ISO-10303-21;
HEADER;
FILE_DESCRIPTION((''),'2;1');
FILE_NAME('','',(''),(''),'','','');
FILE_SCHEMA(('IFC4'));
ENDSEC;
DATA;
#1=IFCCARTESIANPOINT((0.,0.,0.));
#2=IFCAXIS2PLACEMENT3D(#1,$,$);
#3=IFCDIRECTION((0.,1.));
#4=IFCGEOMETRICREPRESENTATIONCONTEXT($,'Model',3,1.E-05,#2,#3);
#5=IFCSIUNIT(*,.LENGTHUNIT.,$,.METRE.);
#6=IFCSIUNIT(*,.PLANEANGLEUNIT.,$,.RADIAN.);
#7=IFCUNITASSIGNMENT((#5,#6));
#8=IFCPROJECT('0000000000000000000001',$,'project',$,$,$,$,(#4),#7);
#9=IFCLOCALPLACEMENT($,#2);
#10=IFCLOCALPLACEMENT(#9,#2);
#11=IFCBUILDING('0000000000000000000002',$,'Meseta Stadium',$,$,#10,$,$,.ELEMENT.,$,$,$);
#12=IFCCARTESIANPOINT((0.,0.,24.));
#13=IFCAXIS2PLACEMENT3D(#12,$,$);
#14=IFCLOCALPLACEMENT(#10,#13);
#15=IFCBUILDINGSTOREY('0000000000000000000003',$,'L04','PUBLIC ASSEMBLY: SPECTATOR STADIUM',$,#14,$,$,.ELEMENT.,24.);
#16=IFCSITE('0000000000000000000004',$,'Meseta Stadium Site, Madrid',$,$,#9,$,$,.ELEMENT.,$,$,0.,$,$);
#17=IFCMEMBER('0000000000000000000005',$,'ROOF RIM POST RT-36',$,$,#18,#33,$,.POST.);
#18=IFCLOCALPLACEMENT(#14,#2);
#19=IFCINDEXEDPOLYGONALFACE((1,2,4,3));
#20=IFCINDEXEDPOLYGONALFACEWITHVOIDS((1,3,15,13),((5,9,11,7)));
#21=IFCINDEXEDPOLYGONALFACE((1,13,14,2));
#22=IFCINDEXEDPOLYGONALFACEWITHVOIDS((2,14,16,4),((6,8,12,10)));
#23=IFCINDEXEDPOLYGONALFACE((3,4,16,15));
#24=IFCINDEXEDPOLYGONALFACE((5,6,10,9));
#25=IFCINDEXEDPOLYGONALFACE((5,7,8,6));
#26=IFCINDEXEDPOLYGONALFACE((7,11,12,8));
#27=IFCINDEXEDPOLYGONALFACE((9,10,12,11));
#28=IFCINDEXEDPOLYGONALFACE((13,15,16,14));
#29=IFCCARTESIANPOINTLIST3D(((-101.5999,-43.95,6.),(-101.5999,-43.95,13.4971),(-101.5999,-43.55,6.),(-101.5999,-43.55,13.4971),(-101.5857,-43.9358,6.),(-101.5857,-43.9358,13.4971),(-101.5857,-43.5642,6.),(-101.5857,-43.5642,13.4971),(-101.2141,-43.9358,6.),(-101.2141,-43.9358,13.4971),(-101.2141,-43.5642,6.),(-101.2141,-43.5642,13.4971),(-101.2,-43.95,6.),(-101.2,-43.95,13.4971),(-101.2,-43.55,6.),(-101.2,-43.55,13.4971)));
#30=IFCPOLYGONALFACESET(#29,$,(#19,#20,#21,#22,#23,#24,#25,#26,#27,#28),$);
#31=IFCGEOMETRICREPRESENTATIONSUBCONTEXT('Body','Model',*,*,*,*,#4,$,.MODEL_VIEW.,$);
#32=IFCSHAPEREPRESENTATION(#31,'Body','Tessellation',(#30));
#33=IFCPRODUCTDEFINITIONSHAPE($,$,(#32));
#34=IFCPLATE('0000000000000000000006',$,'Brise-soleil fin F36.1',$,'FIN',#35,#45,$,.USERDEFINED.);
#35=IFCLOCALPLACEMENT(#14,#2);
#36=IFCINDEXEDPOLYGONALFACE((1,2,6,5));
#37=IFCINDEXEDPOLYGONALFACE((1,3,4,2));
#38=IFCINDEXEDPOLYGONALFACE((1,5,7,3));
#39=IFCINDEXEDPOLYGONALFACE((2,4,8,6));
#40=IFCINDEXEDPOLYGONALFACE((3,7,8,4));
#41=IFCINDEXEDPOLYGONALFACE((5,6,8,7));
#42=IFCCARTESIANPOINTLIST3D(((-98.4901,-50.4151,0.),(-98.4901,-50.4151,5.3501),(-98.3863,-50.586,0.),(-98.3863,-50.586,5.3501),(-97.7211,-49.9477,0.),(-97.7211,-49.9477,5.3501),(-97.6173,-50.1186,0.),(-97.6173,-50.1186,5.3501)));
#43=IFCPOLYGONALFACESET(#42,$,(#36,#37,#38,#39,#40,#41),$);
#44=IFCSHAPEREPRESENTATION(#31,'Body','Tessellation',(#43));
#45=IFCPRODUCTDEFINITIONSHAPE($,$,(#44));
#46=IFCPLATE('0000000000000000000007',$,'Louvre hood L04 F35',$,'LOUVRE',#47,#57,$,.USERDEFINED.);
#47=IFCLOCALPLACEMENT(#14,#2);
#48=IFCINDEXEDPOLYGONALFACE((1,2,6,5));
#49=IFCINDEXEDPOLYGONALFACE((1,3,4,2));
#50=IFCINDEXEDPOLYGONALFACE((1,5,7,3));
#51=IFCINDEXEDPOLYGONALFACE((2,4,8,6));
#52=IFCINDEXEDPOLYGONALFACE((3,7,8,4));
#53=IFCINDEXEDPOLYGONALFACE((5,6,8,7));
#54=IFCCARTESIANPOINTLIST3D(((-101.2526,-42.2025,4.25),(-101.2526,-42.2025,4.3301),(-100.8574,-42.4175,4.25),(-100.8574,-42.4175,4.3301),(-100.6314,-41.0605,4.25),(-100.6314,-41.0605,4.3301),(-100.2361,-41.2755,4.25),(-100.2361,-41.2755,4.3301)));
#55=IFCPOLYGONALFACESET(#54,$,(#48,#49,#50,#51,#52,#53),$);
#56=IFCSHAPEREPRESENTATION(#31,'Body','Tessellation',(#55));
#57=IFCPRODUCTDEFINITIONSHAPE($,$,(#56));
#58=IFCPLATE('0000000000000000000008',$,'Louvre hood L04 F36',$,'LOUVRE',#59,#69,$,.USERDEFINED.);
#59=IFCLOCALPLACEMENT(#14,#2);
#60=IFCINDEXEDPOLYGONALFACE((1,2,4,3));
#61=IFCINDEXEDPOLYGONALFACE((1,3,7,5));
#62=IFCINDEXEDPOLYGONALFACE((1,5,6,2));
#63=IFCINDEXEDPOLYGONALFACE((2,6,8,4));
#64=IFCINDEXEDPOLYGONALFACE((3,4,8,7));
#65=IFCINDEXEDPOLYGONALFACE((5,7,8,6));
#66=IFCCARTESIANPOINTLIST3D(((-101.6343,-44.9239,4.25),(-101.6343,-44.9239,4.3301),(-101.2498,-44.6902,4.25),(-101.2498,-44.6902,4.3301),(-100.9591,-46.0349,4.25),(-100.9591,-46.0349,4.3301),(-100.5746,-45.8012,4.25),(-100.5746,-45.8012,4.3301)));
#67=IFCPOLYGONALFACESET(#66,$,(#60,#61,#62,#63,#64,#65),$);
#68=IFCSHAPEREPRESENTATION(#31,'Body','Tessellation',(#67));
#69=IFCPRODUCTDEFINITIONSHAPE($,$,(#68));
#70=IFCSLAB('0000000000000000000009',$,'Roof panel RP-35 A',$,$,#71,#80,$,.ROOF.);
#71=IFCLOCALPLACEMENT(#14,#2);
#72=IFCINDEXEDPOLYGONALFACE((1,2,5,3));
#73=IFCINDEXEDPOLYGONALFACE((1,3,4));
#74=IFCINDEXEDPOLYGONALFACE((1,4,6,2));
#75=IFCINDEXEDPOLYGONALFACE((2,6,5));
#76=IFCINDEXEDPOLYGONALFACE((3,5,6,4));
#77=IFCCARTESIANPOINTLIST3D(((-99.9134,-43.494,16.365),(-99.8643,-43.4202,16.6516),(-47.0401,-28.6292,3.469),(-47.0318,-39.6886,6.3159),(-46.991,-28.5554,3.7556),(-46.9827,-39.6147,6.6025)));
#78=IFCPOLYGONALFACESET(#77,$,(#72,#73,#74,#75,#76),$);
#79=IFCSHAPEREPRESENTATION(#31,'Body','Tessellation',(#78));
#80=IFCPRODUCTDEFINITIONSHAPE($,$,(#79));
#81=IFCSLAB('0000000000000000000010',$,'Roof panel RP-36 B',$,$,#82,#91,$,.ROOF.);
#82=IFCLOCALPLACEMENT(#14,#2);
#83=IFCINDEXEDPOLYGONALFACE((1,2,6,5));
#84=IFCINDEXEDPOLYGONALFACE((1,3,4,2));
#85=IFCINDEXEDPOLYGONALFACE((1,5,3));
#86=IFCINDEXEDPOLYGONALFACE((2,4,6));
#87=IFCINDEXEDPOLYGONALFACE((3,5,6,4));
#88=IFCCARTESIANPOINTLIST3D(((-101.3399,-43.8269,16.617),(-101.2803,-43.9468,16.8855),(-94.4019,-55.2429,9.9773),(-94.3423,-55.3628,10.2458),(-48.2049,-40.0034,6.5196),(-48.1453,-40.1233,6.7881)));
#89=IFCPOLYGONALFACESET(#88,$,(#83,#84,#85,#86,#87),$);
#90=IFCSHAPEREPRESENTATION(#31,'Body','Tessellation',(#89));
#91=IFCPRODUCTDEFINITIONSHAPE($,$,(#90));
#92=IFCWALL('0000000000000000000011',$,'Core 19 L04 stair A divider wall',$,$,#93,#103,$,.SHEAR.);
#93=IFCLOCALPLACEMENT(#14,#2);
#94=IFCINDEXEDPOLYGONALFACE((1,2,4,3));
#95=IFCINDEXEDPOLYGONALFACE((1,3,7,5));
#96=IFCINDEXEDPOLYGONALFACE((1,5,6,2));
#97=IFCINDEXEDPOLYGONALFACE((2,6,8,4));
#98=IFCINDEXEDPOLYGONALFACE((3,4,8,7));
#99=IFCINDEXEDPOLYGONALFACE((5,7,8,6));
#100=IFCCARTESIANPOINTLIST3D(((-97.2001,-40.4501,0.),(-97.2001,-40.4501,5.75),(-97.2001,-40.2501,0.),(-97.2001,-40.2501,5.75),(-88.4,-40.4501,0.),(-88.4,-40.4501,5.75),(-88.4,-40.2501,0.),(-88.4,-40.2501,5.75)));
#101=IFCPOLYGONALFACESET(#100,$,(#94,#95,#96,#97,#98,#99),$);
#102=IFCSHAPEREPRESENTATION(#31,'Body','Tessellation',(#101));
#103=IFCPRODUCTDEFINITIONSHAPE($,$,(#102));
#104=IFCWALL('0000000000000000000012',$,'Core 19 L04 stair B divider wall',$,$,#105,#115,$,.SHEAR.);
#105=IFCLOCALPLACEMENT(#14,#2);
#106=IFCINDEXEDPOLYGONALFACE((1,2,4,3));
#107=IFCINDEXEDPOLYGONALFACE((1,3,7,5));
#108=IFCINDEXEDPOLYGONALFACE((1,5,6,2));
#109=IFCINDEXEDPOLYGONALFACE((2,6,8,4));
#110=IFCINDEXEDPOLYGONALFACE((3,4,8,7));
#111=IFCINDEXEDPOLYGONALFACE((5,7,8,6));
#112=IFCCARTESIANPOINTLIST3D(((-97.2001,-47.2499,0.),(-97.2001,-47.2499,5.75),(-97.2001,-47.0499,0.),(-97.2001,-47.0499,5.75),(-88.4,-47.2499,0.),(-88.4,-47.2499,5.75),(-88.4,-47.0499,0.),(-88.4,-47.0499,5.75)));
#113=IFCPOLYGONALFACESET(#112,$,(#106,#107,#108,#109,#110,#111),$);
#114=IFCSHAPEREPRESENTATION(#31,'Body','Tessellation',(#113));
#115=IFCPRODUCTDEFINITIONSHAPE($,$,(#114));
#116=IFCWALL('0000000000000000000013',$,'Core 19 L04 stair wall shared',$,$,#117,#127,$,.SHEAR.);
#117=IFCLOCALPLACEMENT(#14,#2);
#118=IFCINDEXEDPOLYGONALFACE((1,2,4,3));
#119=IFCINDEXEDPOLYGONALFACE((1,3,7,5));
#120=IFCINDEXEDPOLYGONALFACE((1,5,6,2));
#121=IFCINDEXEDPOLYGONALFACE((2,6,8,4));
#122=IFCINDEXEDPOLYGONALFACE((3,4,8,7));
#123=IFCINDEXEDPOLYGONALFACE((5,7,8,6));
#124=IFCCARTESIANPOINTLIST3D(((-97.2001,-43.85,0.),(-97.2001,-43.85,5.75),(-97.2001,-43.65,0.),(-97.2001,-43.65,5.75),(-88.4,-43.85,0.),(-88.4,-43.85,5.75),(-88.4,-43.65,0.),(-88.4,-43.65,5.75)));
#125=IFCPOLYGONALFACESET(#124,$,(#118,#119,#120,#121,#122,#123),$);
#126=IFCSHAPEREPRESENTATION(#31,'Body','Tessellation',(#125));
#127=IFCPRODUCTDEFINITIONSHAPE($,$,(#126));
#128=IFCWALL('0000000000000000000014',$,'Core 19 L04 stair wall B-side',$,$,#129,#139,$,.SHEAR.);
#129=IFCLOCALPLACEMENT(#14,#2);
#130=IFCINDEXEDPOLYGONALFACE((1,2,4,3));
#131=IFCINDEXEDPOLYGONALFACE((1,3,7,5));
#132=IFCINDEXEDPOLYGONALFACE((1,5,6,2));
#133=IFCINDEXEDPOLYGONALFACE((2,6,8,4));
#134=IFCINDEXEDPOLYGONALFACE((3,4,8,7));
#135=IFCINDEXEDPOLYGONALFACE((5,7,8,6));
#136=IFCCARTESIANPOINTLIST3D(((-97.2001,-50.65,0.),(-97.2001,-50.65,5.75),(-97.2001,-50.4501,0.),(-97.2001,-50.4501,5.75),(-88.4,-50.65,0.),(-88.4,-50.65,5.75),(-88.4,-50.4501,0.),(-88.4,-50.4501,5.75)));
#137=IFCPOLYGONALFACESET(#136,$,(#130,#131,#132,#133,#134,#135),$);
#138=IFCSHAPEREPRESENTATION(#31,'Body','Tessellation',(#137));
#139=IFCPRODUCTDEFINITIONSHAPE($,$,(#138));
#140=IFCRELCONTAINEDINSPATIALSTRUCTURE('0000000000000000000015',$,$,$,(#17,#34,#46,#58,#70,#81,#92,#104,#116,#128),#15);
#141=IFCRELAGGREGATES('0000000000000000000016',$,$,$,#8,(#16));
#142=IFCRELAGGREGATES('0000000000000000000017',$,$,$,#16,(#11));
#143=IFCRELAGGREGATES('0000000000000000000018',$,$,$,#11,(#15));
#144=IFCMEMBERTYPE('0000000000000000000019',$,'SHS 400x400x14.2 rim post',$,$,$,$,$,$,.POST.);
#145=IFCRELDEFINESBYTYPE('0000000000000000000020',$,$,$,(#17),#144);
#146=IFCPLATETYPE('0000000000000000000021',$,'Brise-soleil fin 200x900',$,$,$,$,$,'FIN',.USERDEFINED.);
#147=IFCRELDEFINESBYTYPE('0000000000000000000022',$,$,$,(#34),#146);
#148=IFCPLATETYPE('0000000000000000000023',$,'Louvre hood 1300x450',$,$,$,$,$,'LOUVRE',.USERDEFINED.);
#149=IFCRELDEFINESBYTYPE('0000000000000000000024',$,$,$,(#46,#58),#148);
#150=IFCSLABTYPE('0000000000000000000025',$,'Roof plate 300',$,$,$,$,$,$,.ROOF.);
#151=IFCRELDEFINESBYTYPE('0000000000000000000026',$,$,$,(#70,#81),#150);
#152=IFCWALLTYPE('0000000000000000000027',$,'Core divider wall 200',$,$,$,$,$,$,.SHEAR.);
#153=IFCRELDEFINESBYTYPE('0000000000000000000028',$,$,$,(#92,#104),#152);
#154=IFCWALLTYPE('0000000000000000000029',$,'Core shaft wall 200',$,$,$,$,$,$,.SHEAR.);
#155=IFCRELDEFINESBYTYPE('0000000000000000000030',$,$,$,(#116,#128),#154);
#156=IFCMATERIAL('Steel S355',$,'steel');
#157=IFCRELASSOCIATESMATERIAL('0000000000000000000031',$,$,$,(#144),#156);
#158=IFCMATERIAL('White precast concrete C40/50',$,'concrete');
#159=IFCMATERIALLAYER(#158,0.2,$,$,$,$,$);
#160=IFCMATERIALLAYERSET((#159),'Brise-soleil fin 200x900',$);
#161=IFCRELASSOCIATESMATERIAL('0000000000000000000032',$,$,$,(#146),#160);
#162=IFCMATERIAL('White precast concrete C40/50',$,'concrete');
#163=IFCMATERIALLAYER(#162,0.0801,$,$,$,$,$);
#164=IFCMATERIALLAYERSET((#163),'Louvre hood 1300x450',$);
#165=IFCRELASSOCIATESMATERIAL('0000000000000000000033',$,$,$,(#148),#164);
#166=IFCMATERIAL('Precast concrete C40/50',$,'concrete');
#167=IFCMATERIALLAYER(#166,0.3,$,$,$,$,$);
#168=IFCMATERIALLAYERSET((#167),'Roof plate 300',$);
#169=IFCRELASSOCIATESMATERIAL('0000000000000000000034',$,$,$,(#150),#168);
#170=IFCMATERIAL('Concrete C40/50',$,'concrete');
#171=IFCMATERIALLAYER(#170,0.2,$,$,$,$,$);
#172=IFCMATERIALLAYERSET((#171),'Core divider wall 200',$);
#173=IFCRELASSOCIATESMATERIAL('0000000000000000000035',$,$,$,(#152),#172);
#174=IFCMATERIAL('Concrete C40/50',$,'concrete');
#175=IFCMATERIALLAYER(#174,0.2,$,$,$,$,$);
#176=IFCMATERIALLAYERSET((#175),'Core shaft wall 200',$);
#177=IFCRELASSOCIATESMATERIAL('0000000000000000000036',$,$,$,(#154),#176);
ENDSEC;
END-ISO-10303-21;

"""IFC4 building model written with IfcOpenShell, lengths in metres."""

from ifc_helpers import new_model, si_unit, direction, frame, frame_2d, origin, origin_2d, place, context, subcontext, project, spatial, polyline, rectangle, hollow_rectangle, outline, extrude, material, layer, layer_set, material_profile, profile_set, type_object, element, save


model = new_model("IFC4")

# Units and contexts
model_context = context("Model", 3, precision=1e-05, world=origin(), true_north=direction((0.0, 1.0)))
body_context = subcontext(model_context, "Body", "Model", "MODEL_VIEW")
ifc_project = project(units=[si_unit("LENGTHUNIT", "METRE"), si_unit("PLANEANGLEUNIT", "RADIAN")], contexts=[model_context])

# Site, building, storey
site_placement = place(None, origin())
site = spatial("IfcSite", under=ifc_project, at=site_placement, Name="Meseta Stadium Site, Madrid", CompositionType="ELEMENT", RefElevation=0.0)
building_placement = place(site_placement, origin())
building = spatial("IfcBuilding", under=site, at=building_placement, Name="Meseta Stadium", CompositionType="ELEMENT")
storey_placement = place(building_placement, frame((0.0, 0.0, 24.0)))
storey = spatial("IfcBuildingStorey", under=building, at=storey_placement, Name="L04", Description="PUBLIC ASSEMBLY: SPECTATOR STADIUM", CompositionType="ELEMENT", Elevation=24.0)

# Member
ifc_material_1 = material(Name="Steel S355", Category="steel")
ifc_material_profile_1 = material_profile(ifc_material_1, hollow_rectangle(XDim=0.3999, YDim=0.3999, WallThickness=0.0142, at=origin_2d()), Name="SHS 400x400x14.2")
ifc_profile_set_1 = profile_set([ifc_material_profile_1], Name="Steel S355")
member_type_1 = type_object("IfcMemberType", Name="SHS 400x400x14.2 rim post", PredefinedType="POST", material=ifc_profile_set_1)
member_1_placement = place(storey_placement, frame((-101.3999, -43.75, 6.0), z_axis=(0.0, 0.0, 1.0), x_axis=(1.0, 0.0, 0.0)))
element("IfcMember", 1, at=member_1_placement, inside=storey, type_object=member_type_1, Name="ROOF RIM POST RT-36", PredefinedType="POST", context=body_context, shape_type="SweptSolid", body=[
    extrude(hollow_rectangle(XDim=0.3999, YDim=0.3999, WallThickness=0.0142, at=origin_2d()), origin(), (0.0, 0.0, 1.0), 7.4971),
])

# Plates
ifc_material_2 = material(Name="White precast concrete C40/50", Category="concrete")
ifc_layer_1 = layer(ifc_material_2, 0.2)
ifc_layer_set_1 = layer_set([ifc_layer_1], Name="Brise-soleil fin 200x900")
plate_type_1 = type_object("IfcPlateType", Name="Brise-soleil fin 200x900", ElementType="FIN", PredefinedType="USERDEFINED", material=ifc_layer_set_1)
plate_placement = place(storey_placement, frame((-98.0537, -50.2668, 0.0), z_axis=(0.0, 0.0, 1.0), x_axis=(0.519362, -0.854554, 0.0)))
element("IfcPlate", 2, at=plate_placement, inside=storey, type_object=plate_type_1, Name="Brise-soleil fin F36.1", ObjectType="FIN", PredefinedType="USERDEFINED", context=body_context, shape_type="SweptSolid", body=[
    extrude(rectangle(XDim=0.2, YDim=0.8999, at=origin_2d()), origin(), (0.0, 0.0, 1.0), 5.3501),
])
ifc_material_3 = material(Name="White precast concrete C40/50", Category="concrete")
ifc_layer_2 = layer(ifc_material_3, 0.0801)
ifc_layer_set_2 = layer_set([ifc_layer_2], Name="Louvre hood 1300x450")
plate_type_2 = type_object("IfcPlateType", Name="Louvre hood 1300x450", ElementType="LOUVRE", PredefinedType="USERDEFINED", material=ifc_layer_set_2)
for number, where, z_axis, x_axis, name in (
    (3, (-100.7444, -41.739, 4.25), (0.0, 0.0, 1.0), (-0.477867, -0.878432, 0.0), "Louvre hood L04 F35"),
    (4, (-101.1045, -45.3625, 4.25), (0.0, 0.0, 1.0), (0.519362, -0.854554, 0.0), "Louvre hood L04 F36"),
):
    element("IfcPlate", number, at=place(storey_placement, frame(where, z_axis=z_axis, x_axis=x_axis)), inside=storey, type_object=plate_type_2, Name=name, ObjectType="LOUVRE", PredefinedType="USERDEFINED", context=body_context, shape_type="SweptSolid", body=[
        extrude(rectangle(XDim=1.3, YDim=0.45, at=origin_2d()), origin(), (0.0, 0.0, 1.0), 0.0801),
    ])

# Slabs
ifc_material_4 = material(Name="Precast concrete C40/50", Category="concrete")
ifc_layer_3 = layer(ifc_material_4, 0.3)
ifc_layer_set_3 = layer_set([ifc_layer_3], Name="Roof plate 300")
slab_type = type_object("IfcSlabType", Name="Roof plate 300", PredefinedType="ROOF", material=ifc_layer_set_3)
slab_1_placement = place(storey_placement, frame((-99.8643, -43.4202, 16.6516), z_axis=(0.163832, 0.246042, 0.955313), x_axis=(0.937191, 0.263481, -0.228584)))
element("IfcSlab", 5, at=slab_1_placement, inside=storey, type_object=slab_type, Name="Roof panel RP-35 A", PredefinedType="ROOF", context=body_context, shape_type="SweptSolid", body=[
    extrude(outline(polyline([(0.0, 0.0), (56.4168, 0.0), (52.8599, -10.8518), (0.0, 0.0)])), origin(), (0.0, 0.0, -1.0), 0.3),
])
slab_2_placement = place(storey_placement, frame((-101.2803, -43.9468, 16.8855), z_axis=(0.198809, -0.399632, 0.894857), x_axis=(0.979973, 0.070517, -0.186227)))
element("IfcSlab", 6, at=slab_2_placement, inside=storey, type_object=slab_type, Name="Roof panel RP-36 B", PredefinedType="ROOF", context=body_context, shape_type="SweptSolid", body=[
    extrude(outline(polyline([(0.0, 0.0), (54.2209, 0.0), (7.2305, -13.0486), (0.0, 0.0)])), origin(), (0.0, 0.0, -1.0), 0.3),
])

# Walls
ifc_material_5 = material(Name="Concrete C40/50", Category="concrete")
ifc_layer_4 = layer(ifc_material_5, 0.2)
ifc_layer_set_4 = layer_set([ifc_layer_4], Name="Core divider wall 200")
wall_type_1 = type_object("IfcWallType", Name="Core divider wall 200", PredefinedType="SHEAR", material=ifc_layer_set_4)
for number, where, z_axis, x_axis, name in (
    (7, (-97.2, -40.3501, 0.0), (0.0, 0.0, 1.0), (1.0, 0.0, 0.0), "Core 19 L04 stair A divider wall"),
    (8, (-97.2, -47.1499, 0.0), (0.0, 0.0, 1.0), (1.0, 0.0, 0.0), "Core 19 L04 stair B divider wall"),
):
    element("IfcWall", number, at=place(storey_placement, frame(where, z_axis=z_axis, x_axis=x_axis)), inside=storey, type_object=wall_type_1, Name=name, PredefinedType="SHEAR", context=body_context, shape_type="SweptSolid", body=[
        extrude(rectangle(XDim=8.8, YDim=0.2, at=frame_2d((4.3999, 0.0))), origin(), (0.0, 0.0, 1.0), 5.75),
    ])
ifc_material_6 = material(Name="Concrete C40/50", Category="concrete")
ifc_layer_5 = layer(ifc_material_6, 0.2)
ifc_layer_set_5 = layer_set([ifc_layer_5], Name="Core shaft wall 200")
wall_type_2 = type_object("IfcWallType", Name="Core shaft wall 200", PredefinedType="SHEAR", material=ifc_layer_set_5)
for number, where, z_axis, x_axis, name in (
    (9, (-97.2, -43.75, 0.0), (0.0, 0.0, 1.0), (1.0, 0.0, 0.0), "Core 19 L04 stair wall shared"),
    (10, (-97.2, -50.55, 0.0), (0.0, 0.0, 1.0), (1.0, 0.0, 0.0), "Core 19 L04 stair wall B-side"),
):
    element("IfcWall", number, at=place(storey_placement, frame(where, z_axis=z_axis, x_axis=x_axis)), inside=storey, type_object=wall_type_2, Name=name, PredefinedType="SHEAR", context=body_context, shape_type="SweptSolid", body=[
        extrude(rectangle(XDim=8.8, YDim=0.2, at=frame_2d((4.3999, 0.0))), origin(), (0.0, 0.0, 1.0), 5.75),
    ])

save(model, "model.ifc")
